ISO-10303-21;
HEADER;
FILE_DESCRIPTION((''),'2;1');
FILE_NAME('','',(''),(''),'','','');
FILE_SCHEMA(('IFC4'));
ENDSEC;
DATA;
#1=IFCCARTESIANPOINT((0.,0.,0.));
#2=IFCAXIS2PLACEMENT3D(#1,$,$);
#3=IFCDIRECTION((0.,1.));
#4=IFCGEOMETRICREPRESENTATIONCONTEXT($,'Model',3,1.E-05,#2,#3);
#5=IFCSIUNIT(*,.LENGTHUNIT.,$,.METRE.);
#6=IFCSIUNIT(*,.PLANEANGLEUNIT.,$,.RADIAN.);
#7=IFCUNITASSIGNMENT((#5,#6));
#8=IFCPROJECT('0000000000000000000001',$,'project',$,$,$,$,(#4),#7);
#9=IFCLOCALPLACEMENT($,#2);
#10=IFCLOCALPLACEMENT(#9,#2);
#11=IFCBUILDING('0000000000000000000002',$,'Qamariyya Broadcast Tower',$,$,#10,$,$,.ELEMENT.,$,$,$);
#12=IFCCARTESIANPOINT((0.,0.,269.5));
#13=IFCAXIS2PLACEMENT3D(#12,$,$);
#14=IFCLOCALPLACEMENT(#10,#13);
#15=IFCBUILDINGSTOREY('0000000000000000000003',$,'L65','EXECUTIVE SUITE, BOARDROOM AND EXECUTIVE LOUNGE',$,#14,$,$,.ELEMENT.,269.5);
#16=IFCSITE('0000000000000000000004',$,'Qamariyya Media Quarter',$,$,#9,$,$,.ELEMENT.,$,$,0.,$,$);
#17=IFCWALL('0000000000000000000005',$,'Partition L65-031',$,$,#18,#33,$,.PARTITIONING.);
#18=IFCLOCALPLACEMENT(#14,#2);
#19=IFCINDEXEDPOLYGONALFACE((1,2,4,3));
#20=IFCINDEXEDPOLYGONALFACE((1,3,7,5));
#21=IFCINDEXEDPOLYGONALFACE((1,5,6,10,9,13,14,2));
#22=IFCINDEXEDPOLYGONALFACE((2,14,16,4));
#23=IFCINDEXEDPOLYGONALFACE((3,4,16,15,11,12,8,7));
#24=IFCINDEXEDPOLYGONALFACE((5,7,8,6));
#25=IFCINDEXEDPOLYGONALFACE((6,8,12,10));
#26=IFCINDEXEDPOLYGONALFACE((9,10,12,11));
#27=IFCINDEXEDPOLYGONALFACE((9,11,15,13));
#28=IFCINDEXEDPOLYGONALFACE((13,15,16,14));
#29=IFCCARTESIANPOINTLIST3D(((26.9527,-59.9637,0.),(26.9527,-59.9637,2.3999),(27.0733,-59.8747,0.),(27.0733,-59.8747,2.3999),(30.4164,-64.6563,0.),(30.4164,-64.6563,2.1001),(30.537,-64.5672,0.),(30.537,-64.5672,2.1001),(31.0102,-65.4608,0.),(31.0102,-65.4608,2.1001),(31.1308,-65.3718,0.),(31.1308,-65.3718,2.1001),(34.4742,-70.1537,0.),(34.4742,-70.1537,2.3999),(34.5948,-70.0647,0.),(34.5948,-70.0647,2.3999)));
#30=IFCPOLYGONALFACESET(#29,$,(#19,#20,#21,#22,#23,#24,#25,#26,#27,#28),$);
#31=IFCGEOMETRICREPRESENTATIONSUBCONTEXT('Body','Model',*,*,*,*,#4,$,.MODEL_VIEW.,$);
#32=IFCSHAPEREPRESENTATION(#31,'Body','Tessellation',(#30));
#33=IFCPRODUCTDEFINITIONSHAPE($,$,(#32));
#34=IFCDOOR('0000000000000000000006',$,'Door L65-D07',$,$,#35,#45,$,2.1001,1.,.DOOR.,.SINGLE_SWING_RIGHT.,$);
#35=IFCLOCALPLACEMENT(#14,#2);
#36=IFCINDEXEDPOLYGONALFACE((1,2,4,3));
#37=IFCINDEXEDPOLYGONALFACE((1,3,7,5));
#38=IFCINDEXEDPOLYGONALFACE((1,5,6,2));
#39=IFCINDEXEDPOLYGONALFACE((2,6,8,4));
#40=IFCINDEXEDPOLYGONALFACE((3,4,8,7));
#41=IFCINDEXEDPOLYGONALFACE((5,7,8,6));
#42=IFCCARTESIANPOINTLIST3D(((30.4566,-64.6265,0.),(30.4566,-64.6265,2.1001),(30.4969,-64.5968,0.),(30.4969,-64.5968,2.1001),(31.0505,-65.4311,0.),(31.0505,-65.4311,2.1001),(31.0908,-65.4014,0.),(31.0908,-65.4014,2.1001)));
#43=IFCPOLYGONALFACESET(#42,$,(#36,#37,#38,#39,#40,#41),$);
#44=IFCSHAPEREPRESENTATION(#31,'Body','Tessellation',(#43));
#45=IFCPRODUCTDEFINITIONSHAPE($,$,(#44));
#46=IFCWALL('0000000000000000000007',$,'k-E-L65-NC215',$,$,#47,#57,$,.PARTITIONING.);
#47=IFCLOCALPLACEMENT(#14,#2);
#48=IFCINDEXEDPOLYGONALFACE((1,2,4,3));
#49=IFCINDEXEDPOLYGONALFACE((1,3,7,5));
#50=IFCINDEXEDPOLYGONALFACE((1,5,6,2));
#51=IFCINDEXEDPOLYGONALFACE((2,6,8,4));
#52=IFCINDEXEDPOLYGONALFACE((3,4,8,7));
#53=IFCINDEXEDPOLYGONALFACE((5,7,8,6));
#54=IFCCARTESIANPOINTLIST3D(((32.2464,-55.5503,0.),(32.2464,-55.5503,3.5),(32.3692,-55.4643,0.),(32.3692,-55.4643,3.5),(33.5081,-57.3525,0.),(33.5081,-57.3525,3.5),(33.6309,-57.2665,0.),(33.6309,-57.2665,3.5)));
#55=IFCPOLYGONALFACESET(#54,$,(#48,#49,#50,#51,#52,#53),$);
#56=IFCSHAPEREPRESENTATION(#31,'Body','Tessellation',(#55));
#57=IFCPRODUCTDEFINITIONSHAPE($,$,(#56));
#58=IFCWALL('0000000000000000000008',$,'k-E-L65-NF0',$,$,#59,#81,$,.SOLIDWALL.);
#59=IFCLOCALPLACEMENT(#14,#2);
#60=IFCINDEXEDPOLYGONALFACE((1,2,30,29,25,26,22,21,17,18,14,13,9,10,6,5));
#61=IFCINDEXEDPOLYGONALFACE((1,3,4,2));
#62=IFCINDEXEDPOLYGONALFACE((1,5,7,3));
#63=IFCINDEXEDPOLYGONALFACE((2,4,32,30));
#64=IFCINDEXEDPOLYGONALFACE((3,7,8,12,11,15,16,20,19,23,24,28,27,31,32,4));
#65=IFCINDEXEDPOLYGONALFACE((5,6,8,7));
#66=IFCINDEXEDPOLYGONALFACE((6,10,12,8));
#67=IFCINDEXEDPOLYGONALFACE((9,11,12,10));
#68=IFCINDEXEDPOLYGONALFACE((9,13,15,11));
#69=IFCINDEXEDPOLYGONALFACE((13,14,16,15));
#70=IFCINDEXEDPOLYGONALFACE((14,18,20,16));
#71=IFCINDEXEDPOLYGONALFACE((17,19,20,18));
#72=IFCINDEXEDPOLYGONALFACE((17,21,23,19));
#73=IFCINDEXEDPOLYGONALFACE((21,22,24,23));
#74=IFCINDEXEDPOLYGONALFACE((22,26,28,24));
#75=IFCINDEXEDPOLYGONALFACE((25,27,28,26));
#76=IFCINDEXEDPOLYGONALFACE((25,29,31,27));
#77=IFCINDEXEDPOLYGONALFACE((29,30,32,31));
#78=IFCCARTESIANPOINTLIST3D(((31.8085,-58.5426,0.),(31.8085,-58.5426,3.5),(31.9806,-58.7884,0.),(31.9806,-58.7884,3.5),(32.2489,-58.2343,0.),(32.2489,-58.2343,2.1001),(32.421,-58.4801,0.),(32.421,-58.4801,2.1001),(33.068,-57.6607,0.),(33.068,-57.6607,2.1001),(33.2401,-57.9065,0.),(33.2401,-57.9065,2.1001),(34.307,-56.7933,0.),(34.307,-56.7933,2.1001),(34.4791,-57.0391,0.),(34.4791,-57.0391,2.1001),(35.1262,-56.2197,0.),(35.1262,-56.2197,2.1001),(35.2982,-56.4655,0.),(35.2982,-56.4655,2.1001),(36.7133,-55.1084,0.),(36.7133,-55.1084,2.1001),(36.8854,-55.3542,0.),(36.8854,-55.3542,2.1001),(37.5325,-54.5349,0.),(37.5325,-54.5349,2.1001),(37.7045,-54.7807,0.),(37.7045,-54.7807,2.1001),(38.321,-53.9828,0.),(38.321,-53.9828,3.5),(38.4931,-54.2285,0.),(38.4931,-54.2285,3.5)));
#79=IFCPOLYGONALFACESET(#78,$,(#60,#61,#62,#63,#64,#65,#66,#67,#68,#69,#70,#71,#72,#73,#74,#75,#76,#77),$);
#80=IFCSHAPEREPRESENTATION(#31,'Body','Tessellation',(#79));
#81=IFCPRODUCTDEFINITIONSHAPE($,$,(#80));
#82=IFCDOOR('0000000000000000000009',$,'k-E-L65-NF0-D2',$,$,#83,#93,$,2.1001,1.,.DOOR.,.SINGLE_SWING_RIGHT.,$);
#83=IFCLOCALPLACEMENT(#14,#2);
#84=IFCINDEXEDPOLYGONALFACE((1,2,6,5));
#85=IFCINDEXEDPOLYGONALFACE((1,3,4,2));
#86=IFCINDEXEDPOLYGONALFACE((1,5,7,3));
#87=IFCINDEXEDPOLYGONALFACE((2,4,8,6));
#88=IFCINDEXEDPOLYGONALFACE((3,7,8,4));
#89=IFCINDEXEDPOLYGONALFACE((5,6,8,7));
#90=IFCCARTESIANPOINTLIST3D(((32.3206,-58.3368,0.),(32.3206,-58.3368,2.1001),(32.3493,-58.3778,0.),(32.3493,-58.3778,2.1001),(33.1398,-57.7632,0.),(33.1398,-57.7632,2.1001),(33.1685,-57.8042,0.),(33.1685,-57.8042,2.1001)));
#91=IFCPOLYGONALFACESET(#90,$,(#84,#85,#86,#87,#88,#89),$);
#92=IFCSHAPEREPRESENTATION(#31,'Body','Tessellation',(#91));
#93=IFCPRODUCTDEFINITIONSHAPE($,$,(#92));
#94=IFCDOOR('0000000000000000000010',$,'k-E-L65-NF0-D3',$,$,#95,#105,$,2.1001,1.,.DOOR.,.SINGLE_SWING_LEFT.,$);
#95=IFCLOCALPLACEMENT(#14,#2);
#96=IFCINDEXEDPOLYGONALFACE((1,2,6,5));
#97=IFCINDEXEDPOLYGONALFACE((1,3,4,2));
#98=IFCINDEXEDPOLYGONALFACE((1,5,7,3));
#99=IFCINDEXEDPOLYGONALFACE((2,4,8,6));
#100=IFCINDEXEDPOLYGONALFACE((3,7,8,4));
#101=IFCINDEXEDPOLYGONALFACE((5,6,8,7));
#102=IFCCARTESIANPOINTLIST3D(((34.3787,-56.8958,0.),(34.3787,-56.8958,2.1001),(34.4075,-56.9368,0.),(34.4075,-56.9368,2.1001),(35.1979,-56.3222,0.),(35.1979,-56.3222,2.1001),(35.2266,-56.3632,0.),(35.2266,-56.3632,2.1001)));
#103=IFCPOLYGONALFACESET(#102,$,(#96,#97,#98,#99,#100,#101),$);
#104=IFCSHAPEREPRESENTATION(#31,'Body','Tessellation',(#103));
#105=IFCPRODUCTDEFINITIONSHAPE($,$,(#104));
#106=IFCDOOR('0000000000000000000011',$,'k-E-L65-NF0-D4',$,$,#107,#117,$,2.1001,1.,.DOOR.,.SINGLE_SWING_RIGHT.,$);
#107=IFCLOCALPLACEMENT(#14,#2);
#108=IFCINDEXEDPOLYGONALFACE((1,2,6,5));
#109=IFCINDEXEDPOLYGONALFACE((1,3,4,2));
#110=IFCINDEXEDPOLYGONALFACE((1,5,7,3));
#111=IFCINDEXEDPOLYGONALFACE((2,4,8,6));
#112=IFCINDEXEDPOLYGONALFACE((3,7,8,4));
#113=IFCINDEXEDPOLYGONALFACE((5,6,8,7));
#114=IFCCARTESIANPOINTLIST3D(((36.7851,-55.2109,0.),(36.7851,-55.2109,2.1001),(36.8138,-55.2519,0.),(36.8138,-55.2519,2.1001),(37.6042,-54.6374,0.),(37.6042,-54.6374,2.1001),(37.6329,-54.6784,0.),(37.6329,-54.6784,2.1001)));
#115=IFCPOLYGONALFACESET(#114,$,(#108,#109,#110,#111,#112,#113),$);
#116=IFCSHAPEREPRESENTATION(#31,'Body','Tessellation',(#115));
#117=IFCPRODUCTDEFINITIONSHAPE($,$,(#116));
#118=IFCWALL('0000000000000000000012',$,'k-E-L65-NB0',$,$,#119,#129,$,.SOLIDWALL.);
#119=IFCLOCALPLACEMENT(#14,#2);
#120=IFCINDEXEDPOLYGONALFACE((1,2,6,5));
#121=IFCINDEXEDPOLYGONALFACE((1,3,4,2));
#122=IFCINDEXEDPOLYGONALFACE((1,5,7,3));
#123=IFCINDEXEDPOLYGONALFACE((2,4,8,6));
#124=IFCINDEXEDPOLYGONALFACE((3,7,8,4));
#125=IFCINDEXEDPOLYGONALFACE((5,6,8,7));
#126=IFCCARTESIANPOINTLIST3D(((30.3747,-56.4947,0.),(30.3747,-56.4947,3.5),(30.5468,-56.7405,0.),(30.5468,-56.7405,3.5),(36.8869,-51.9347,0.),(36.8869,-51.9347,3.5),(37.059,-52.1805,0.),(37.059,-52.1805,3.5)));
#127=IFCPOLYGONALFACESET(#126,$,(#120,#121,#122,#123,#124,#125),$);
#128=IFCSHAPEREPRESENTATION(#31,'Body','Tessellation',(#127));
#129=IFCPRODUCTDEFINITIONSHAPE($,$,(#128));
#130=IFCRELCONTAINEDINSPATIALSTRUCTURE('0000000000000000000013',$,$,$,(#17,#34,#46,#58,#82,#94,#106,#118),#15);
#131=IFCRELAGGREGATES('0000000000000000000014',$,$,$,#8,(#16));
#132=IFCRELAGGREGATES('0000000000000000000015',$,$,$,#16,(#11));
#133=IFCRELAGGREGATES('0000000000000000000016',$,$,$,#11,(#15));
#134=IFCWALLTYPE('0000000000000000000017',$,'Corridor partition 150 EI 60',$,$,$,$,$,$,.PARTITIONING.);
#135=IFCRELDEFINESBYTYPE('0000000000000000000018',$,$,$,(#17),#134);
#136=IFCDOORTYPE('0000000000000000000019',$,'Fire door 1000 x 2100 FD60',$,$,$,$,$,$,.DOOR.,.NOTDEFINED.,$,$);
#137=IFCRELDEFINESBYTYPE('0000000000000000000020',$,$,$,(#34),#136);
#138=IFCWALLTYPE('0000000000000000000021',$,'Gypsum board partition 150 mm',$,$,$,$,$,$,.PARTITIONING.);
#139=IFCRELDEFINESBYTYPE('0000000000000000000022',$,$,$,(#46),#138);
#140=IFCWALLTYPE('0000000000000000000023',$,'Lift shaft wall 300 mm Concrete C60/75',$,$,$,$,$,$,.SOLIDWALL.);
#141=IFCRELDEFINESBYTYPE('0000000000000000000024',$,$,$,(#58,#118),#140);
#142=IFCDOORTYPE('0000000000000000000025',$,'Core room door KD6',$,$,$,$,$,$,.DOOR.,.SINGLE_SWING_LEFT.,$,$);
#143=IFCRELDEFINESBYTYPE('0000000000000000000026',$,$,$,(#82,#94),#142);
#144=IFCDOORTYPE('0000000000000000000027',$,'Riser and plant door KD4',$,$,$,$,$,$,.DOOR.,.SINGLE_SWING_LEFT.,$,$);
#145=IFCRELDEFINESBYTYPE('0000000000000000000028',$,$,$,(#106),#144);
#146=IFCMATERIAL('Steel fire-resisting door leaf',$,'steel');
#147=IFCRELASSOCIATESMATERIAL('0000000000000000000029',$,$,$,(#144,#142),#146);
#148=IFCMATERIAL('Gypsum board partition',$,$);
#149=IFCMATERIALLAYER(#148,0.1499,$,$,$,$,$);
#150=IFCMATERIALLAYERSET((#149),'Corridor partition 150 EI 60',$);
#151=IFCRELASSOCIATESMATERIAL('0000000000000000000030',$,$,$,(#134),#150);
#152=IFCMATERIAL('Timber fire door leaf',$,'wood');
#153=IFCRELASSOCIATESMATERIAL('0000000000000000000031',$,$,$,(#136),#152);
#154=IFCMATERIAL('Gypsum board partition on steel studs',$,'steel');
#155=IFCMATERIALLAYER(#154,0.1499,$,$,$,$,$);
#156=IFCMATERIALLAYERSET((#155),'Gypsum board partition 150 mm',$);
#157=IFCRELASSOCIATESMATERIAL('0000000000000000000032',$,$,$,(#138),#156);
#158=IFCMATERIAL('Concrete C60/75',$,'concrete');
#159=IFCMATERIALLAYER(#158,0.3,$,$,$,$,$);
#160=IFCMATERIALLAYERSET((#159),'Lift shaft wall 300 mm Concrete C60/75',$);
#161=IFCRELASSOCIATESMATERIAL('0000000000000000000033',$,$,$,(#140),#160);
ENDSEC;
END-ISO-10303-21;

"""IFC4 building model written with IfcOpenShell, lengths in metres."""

from ifc_helpers import new_model, si_unit, direction, frame, frame_2d, origin, place, context, subcontext, project, spatial, rectangle, extrude, material, layer, layer_set, type_object, element, fill, save


model = new_model("IFC4")

# Units and contexts
model_context = context("Model", 3, precision=1e-05, world=origin(), true_north=direction((0.0, 1.0)))
body_context = subcontext(model_context, "Body", "Model", "MODEL_VIEW")
ifc_project = project(units=[si_unit("LENGTHUNIT", "METRE"), si_unit("PLANEANGLEUNIT", "RADIAN")], contexts=[model_context])

# Site, building, storey
site_placement = place(None, origin())
site = spatial("IfcSite", under=ifc_project, at=site_placement, Name="Qamariyya Media Quarter", CompositionType="ELEMENT", RefElevation=0.0)
building_placement = place(site_placement, origin())
building = spatial("IfcBuilding", under=site, at=building_placement, Name="Qamariyya Broadcast Tower", CompositionType="ELEMENT")
storey_placement = place(building_placement, frame((0.0, 0.0, 269.5)))
storey = spatial("IfcBuildingStorey", under=building, at=storey_placement, Name="L65", Description="EXECUTIVE SUITE, BOARDROOM AND EXECUTIVE LOUNGE", CompositionType="ELEMENT", Elevation=269.5)

# Shared definitions
ifc_material_1 = material(Name="Concrete C60/75", Category="concrete")
ifc_material_2 = material(Name="Steel fire-resisting door leaf", Category="steel")

# Shared definitions
door_type_1 = type_object("IfcDoorType", Name="Riser and plant door KD4", OperationType="SINGLE_SWING_LEFT", PredefinedType="DOOR", material=ifc_material_2)

# Wall, opening, door
ifc_material_3 = material(Name="Gypsum board partition")
ifc_layer_1 = layer(ifc_material_3, 0.1499)
ifc_layer_set_1 = layer_set([ifc_layer_1], Name="Corridor partition 150 EI 60")
wall_type_1 = type_object("IfcWallType", Name="Corridor partition 150 EI 60", PredefinedType="PARTITIONING", material=ifc_layer_set_1)
wall_1_placement = place(storey_placement, frame((34.5344, -70.1091, 0.0), z_axis=(0.0, 0.0, 1.0), x_axis=(-0.59387, 0.804561, 0.0)))
wall_1 = element("IfcWall", 1, at=wall_1_placement, inside=storey, type_object=wall_type_1, Name="Partition L65-031", PredefinedType="PARTITIONING", context=body_context, shape_type="SweptSolid", body=[
    extrude(rectangle(XDim=12.6653, YDim=0.1499, at=frame_2d((6.3325, 0.0))), origin(), (0.0, 0.0, 1.0), 2.3999),
])
opening_1_placement = place(wall_1_placement, frame((5.8328, 0.0, 0.0)))
opening_1 = element("IfcOpeningElement", 2, at=opening_1_placement, cuts=wall_1, PredefinedType="OPENING", context=body_context, shape_type="SweptSolid", body=[
    extrude(rectangle(XDim=1.0, YDim=2.1001, at=frame_2d((0.5, 1.05))), frame((0.0, 0.085, 0.0), z_axis=(0.0, -1.0, 0.0), x_axis=(1.0, 0.0, 0.0)), (0.0, 0.0, 1.0), 0.1699),
])
ifc_material_4 = material(Name="Timber fire door leaf", Category="wood")
door_type_2 = type_object("IfcDoorType", Name="Fire door 1000 x 2100 FD60", OperationType="NOTDEFINED", PredefinedType="DOOR", material=ifc_material_4)
door_1_placement = place(opening_1_placement, origin())
door_1 = element("IfcDoor", 3, at=door_1_placement, inside=storey, type_object=door_type_2, Name="Door L65-D07", OperationType="SINGLE_SWING_RIGHT", OverallHeight=2.1001, OverallWidth=1.0, PredefinedType="DOOR", context=body_context, shape_type="SweptSolid", body=[
    extrude(rectangle(XDim=1.0, YDim=2.1001, at=frame_2d((0.5, 1.05))), frame((0.0, 0.0249, 0.0), z_axis=(0.0, -1.0, 0.0), x_axis=(1.0, 0.0, 0.0)), (0.0, 0.0, 1.0), 0.05),
])
fill(opening_1, door_1)

# Wall
ifc_material_5 = material(Name="Gypsum board partition on steel studs", Category="steel")
ifc_layer_2 = layer(ifc_material_5, 0.1499)
ifc_layer_set_2 = layer_set([ifc_layer_2], Name="Gypsum board partition 150 mm")
wall_type_2 = type_object("IfcWallType", Name="Gypsum board partition 150 mm", PredefinedType="PARTITIONING", material=ifc_layer_set_2)
wall_2_placement = place(storey_placement, frame((33.5696, -57.3096, 0.0), z_axis=(0.0, 0.0, 1.0), x_axis=(-0.573507, 0.819201, 0.0)))
element("IfcWall", 4, at=wall_2_placement, inside=storey, type_object=wall_type_2, Name="k-E-L65-NC215", PredefinedType="PARTITIONING", context=body_context, shape_type="SweptSolid", body=[
    extrude(rectangle(XDim=2.2, YDim=0.1499, at=frame_2d((1.1001, 0.0))), origin(), (0.0, 0.0, 1.0), 3.5),
])

# Wall, openings, doors
ifc_layer_3 = layer(ifc_material_1, 0.3)
ifc_layer_set_3 = layer_set([ifc_layer_3], Name="Lift shaft wall 300 mm Concrete C60/75")
wall_type_3 = type_object("IfcWallType", Name="Lift shaft wall 300 mm Concrete C60/75", PredefinedType="SOLIDWALL", material=ifc_layer_set_3)
wall_3_placement = place(storey_placement, frame((31.8945, -58.6655, 0.0), z_axis=(0.0, 0.0, 1.0), x_axis=(0.819167, 0.573555, 0.0)))
wall_3 = element("IfcWall", 5, at=wall_3_placement, inside=storey, type_object=wall_type_3, Name="k-E-L65-NF0", PredefinedType="SOLIDWALL", context=body_context, shape_type="SweptSolid", body=[
    extrude(rectangle(XDim=7.9502, YDim=0.3, at=frame_2d((3.9751, 0.0))), origin(), (0.0, 0.0, 1.0), 3.5),
])
opening_2_placement = place(wall_3_placement, frame((0.5376, 0.0, 0.0)))
opening_2 = element("IfcOpeningElement", 6, at=opening_2_placement, cuts=wall_3, PredefinedType="OPENING", context=body_context, shape_type="SweptSolid", body=[
    extrude(rectangle(XDim=1.0, YDim=2.1001, at=frame_2d((0.5, 1.05))), frame((0.0, 0.1599, 0.0), z_axis=(0.0, -1.0, 0.0), x_axis=(1.0, 0.0, 0.0)), (0.0, 0.0, 1.0), 0.3201),
])
opening_3_placement = place(wall_3_placement, frame((3.05, 0.0, 0.0)))
opening_3 = element("IfcOpeningElement", 7, at=opening_3_placement, cuts=wall_3, PredefinedType="OPENING", context=body_context, shape_type="SweptSolid", body=[
    extrude(rectangle(XDim=1.0, YDim=2.1001, at=frame_2d((0.5, 1.05))), frame((0.0, 0.1599, 0.0), z_axis=(0.0, -1.0, 0.0), x_axis=(1.0, 0.0, 0.0)), (0.0, 0.0, 1.0), 0.3201),
])
opening_4_placement = place(wall_3_placement, frame((5.9875, 0.0, 0.0)))
opening_4 = element("IfcOpeningElement", 8, at=opening_4_placement, cuts=wall_3, PredefinedType="OPENING", context=body_context, shape_type="SweptSolid", body=[
    extrude(rectangle(XDim=1.0, YDim=2.1001, at=frame_2d((0.5, 1.05))), frame((0.0, 0.1599, 0.0), z_axis=(0.0, -1.0, 0.0), x_axis=(1.0, 0.0, 0.0)), (0.0, 0.0, 1.0), 0.3201),
])
door_type_3 = type_object("IfcDoorType", Name="Core room door KD6", OperationType="SINGLE_SWING_LEFT", PredefinedType="DOOR", material=ifc_material_2)
door_2_placement = place(opening_2_placement, origin())
door_2 = element("IfcDoor", 9, at=door_2_placement, inside=storey, type_object=door_type_3, Name="k-E-L65-NF0-D2", OperationType="SINGLE_SWING_RIGHT", OverallHeight=2.1001, OverallWidth=1.0, PredefinedType="DOOR", context=body_context, shape_type="SweptSolid", body=[
    extrude(rectangle(XDim=1.0, YDim=2.1001, at=frame_2d((0.5, 1.05))), frame((0.0, 0.0249, 0.0), z_axis=(0.0, -1.0, 0.0), x_axis=(1.0, 0.0, 0.0)), (0.0, 0.0, 1.0), 0.05),
])
fill(opening_2, door_2)
door_3_placement = place(opening_3_placement, origin())
door_3 = element("IfcDoor", 10, at=door_3_placement, inside=storey, type_object=door_type_3, Name="k-E-L65-NF0-D3", OperationType="SINGLE_SWING_LEFT", OverallHeight=2.1001, OverallWidth=1.0, PredefinedType="DOOR", context=body_context, shape_type="SweptSolid", body=[
    extrude(rectangle(XDim=1.0, YDim=2.1001, at=frame_2d((0.5, 1.05))), frame((0.0, 0.0249, 0.0), z_axis=(0.0, -1.0, 0.0), x_axis=(1.0, 0.0, 0.0)), (0.0, 0.0, 1.0), 0.05),
])
fill(opening_3, door_3)
door_4_placement = place(opening_4_placement, origin())
door_4 = element("IfcDoor", 11, at=door_4_placement, inside=storey, type_object=door_type_1, Name="k-E-L65-NF0-D4", OperationType="SINGLE_SWING_RIGHT", OverallHeight=2.1001, OverallWidth=1.0, PredefinedType="DOOR", context=body_context, shape_type="SweptSolid", body=[
    extrude(rectangle(XDim=1.0, YDim=2.1001, at=frame_2d((0.5, 1.05))), frame((0.0, 0.0249, 0.0), z_axis=(0.0, -1.0, 0.0), x_axis=(1.0, 0.0, 0.0)), (0.0, 0.0, 1.0), 0.05),
])
fill(opening_4, door_4)

# Wall
wall_4_placement = place(storey_placement, frame((30.4607, -56.6177, 0.0), z_axis=(0.0, 0.0, 1.0), x_axis=(0.819142, 0.57359, 0.0)))
element("IfcWall", 12, at=wall_4_placement, inside=storey, type_object=wall_type_3, Name="k-E-L65-NB0", PredefinedType="SOLIDWALL", context=body_context, shape_type="SweptSolid", body=[
    extrude(rectangle(XDim=7.95, YDim=0.3, at=frame_2d((3.9751, 0.0))), origin(), (0.0, 0.0, 1.0), 3.5),
])

save(model, "model.ifc")
